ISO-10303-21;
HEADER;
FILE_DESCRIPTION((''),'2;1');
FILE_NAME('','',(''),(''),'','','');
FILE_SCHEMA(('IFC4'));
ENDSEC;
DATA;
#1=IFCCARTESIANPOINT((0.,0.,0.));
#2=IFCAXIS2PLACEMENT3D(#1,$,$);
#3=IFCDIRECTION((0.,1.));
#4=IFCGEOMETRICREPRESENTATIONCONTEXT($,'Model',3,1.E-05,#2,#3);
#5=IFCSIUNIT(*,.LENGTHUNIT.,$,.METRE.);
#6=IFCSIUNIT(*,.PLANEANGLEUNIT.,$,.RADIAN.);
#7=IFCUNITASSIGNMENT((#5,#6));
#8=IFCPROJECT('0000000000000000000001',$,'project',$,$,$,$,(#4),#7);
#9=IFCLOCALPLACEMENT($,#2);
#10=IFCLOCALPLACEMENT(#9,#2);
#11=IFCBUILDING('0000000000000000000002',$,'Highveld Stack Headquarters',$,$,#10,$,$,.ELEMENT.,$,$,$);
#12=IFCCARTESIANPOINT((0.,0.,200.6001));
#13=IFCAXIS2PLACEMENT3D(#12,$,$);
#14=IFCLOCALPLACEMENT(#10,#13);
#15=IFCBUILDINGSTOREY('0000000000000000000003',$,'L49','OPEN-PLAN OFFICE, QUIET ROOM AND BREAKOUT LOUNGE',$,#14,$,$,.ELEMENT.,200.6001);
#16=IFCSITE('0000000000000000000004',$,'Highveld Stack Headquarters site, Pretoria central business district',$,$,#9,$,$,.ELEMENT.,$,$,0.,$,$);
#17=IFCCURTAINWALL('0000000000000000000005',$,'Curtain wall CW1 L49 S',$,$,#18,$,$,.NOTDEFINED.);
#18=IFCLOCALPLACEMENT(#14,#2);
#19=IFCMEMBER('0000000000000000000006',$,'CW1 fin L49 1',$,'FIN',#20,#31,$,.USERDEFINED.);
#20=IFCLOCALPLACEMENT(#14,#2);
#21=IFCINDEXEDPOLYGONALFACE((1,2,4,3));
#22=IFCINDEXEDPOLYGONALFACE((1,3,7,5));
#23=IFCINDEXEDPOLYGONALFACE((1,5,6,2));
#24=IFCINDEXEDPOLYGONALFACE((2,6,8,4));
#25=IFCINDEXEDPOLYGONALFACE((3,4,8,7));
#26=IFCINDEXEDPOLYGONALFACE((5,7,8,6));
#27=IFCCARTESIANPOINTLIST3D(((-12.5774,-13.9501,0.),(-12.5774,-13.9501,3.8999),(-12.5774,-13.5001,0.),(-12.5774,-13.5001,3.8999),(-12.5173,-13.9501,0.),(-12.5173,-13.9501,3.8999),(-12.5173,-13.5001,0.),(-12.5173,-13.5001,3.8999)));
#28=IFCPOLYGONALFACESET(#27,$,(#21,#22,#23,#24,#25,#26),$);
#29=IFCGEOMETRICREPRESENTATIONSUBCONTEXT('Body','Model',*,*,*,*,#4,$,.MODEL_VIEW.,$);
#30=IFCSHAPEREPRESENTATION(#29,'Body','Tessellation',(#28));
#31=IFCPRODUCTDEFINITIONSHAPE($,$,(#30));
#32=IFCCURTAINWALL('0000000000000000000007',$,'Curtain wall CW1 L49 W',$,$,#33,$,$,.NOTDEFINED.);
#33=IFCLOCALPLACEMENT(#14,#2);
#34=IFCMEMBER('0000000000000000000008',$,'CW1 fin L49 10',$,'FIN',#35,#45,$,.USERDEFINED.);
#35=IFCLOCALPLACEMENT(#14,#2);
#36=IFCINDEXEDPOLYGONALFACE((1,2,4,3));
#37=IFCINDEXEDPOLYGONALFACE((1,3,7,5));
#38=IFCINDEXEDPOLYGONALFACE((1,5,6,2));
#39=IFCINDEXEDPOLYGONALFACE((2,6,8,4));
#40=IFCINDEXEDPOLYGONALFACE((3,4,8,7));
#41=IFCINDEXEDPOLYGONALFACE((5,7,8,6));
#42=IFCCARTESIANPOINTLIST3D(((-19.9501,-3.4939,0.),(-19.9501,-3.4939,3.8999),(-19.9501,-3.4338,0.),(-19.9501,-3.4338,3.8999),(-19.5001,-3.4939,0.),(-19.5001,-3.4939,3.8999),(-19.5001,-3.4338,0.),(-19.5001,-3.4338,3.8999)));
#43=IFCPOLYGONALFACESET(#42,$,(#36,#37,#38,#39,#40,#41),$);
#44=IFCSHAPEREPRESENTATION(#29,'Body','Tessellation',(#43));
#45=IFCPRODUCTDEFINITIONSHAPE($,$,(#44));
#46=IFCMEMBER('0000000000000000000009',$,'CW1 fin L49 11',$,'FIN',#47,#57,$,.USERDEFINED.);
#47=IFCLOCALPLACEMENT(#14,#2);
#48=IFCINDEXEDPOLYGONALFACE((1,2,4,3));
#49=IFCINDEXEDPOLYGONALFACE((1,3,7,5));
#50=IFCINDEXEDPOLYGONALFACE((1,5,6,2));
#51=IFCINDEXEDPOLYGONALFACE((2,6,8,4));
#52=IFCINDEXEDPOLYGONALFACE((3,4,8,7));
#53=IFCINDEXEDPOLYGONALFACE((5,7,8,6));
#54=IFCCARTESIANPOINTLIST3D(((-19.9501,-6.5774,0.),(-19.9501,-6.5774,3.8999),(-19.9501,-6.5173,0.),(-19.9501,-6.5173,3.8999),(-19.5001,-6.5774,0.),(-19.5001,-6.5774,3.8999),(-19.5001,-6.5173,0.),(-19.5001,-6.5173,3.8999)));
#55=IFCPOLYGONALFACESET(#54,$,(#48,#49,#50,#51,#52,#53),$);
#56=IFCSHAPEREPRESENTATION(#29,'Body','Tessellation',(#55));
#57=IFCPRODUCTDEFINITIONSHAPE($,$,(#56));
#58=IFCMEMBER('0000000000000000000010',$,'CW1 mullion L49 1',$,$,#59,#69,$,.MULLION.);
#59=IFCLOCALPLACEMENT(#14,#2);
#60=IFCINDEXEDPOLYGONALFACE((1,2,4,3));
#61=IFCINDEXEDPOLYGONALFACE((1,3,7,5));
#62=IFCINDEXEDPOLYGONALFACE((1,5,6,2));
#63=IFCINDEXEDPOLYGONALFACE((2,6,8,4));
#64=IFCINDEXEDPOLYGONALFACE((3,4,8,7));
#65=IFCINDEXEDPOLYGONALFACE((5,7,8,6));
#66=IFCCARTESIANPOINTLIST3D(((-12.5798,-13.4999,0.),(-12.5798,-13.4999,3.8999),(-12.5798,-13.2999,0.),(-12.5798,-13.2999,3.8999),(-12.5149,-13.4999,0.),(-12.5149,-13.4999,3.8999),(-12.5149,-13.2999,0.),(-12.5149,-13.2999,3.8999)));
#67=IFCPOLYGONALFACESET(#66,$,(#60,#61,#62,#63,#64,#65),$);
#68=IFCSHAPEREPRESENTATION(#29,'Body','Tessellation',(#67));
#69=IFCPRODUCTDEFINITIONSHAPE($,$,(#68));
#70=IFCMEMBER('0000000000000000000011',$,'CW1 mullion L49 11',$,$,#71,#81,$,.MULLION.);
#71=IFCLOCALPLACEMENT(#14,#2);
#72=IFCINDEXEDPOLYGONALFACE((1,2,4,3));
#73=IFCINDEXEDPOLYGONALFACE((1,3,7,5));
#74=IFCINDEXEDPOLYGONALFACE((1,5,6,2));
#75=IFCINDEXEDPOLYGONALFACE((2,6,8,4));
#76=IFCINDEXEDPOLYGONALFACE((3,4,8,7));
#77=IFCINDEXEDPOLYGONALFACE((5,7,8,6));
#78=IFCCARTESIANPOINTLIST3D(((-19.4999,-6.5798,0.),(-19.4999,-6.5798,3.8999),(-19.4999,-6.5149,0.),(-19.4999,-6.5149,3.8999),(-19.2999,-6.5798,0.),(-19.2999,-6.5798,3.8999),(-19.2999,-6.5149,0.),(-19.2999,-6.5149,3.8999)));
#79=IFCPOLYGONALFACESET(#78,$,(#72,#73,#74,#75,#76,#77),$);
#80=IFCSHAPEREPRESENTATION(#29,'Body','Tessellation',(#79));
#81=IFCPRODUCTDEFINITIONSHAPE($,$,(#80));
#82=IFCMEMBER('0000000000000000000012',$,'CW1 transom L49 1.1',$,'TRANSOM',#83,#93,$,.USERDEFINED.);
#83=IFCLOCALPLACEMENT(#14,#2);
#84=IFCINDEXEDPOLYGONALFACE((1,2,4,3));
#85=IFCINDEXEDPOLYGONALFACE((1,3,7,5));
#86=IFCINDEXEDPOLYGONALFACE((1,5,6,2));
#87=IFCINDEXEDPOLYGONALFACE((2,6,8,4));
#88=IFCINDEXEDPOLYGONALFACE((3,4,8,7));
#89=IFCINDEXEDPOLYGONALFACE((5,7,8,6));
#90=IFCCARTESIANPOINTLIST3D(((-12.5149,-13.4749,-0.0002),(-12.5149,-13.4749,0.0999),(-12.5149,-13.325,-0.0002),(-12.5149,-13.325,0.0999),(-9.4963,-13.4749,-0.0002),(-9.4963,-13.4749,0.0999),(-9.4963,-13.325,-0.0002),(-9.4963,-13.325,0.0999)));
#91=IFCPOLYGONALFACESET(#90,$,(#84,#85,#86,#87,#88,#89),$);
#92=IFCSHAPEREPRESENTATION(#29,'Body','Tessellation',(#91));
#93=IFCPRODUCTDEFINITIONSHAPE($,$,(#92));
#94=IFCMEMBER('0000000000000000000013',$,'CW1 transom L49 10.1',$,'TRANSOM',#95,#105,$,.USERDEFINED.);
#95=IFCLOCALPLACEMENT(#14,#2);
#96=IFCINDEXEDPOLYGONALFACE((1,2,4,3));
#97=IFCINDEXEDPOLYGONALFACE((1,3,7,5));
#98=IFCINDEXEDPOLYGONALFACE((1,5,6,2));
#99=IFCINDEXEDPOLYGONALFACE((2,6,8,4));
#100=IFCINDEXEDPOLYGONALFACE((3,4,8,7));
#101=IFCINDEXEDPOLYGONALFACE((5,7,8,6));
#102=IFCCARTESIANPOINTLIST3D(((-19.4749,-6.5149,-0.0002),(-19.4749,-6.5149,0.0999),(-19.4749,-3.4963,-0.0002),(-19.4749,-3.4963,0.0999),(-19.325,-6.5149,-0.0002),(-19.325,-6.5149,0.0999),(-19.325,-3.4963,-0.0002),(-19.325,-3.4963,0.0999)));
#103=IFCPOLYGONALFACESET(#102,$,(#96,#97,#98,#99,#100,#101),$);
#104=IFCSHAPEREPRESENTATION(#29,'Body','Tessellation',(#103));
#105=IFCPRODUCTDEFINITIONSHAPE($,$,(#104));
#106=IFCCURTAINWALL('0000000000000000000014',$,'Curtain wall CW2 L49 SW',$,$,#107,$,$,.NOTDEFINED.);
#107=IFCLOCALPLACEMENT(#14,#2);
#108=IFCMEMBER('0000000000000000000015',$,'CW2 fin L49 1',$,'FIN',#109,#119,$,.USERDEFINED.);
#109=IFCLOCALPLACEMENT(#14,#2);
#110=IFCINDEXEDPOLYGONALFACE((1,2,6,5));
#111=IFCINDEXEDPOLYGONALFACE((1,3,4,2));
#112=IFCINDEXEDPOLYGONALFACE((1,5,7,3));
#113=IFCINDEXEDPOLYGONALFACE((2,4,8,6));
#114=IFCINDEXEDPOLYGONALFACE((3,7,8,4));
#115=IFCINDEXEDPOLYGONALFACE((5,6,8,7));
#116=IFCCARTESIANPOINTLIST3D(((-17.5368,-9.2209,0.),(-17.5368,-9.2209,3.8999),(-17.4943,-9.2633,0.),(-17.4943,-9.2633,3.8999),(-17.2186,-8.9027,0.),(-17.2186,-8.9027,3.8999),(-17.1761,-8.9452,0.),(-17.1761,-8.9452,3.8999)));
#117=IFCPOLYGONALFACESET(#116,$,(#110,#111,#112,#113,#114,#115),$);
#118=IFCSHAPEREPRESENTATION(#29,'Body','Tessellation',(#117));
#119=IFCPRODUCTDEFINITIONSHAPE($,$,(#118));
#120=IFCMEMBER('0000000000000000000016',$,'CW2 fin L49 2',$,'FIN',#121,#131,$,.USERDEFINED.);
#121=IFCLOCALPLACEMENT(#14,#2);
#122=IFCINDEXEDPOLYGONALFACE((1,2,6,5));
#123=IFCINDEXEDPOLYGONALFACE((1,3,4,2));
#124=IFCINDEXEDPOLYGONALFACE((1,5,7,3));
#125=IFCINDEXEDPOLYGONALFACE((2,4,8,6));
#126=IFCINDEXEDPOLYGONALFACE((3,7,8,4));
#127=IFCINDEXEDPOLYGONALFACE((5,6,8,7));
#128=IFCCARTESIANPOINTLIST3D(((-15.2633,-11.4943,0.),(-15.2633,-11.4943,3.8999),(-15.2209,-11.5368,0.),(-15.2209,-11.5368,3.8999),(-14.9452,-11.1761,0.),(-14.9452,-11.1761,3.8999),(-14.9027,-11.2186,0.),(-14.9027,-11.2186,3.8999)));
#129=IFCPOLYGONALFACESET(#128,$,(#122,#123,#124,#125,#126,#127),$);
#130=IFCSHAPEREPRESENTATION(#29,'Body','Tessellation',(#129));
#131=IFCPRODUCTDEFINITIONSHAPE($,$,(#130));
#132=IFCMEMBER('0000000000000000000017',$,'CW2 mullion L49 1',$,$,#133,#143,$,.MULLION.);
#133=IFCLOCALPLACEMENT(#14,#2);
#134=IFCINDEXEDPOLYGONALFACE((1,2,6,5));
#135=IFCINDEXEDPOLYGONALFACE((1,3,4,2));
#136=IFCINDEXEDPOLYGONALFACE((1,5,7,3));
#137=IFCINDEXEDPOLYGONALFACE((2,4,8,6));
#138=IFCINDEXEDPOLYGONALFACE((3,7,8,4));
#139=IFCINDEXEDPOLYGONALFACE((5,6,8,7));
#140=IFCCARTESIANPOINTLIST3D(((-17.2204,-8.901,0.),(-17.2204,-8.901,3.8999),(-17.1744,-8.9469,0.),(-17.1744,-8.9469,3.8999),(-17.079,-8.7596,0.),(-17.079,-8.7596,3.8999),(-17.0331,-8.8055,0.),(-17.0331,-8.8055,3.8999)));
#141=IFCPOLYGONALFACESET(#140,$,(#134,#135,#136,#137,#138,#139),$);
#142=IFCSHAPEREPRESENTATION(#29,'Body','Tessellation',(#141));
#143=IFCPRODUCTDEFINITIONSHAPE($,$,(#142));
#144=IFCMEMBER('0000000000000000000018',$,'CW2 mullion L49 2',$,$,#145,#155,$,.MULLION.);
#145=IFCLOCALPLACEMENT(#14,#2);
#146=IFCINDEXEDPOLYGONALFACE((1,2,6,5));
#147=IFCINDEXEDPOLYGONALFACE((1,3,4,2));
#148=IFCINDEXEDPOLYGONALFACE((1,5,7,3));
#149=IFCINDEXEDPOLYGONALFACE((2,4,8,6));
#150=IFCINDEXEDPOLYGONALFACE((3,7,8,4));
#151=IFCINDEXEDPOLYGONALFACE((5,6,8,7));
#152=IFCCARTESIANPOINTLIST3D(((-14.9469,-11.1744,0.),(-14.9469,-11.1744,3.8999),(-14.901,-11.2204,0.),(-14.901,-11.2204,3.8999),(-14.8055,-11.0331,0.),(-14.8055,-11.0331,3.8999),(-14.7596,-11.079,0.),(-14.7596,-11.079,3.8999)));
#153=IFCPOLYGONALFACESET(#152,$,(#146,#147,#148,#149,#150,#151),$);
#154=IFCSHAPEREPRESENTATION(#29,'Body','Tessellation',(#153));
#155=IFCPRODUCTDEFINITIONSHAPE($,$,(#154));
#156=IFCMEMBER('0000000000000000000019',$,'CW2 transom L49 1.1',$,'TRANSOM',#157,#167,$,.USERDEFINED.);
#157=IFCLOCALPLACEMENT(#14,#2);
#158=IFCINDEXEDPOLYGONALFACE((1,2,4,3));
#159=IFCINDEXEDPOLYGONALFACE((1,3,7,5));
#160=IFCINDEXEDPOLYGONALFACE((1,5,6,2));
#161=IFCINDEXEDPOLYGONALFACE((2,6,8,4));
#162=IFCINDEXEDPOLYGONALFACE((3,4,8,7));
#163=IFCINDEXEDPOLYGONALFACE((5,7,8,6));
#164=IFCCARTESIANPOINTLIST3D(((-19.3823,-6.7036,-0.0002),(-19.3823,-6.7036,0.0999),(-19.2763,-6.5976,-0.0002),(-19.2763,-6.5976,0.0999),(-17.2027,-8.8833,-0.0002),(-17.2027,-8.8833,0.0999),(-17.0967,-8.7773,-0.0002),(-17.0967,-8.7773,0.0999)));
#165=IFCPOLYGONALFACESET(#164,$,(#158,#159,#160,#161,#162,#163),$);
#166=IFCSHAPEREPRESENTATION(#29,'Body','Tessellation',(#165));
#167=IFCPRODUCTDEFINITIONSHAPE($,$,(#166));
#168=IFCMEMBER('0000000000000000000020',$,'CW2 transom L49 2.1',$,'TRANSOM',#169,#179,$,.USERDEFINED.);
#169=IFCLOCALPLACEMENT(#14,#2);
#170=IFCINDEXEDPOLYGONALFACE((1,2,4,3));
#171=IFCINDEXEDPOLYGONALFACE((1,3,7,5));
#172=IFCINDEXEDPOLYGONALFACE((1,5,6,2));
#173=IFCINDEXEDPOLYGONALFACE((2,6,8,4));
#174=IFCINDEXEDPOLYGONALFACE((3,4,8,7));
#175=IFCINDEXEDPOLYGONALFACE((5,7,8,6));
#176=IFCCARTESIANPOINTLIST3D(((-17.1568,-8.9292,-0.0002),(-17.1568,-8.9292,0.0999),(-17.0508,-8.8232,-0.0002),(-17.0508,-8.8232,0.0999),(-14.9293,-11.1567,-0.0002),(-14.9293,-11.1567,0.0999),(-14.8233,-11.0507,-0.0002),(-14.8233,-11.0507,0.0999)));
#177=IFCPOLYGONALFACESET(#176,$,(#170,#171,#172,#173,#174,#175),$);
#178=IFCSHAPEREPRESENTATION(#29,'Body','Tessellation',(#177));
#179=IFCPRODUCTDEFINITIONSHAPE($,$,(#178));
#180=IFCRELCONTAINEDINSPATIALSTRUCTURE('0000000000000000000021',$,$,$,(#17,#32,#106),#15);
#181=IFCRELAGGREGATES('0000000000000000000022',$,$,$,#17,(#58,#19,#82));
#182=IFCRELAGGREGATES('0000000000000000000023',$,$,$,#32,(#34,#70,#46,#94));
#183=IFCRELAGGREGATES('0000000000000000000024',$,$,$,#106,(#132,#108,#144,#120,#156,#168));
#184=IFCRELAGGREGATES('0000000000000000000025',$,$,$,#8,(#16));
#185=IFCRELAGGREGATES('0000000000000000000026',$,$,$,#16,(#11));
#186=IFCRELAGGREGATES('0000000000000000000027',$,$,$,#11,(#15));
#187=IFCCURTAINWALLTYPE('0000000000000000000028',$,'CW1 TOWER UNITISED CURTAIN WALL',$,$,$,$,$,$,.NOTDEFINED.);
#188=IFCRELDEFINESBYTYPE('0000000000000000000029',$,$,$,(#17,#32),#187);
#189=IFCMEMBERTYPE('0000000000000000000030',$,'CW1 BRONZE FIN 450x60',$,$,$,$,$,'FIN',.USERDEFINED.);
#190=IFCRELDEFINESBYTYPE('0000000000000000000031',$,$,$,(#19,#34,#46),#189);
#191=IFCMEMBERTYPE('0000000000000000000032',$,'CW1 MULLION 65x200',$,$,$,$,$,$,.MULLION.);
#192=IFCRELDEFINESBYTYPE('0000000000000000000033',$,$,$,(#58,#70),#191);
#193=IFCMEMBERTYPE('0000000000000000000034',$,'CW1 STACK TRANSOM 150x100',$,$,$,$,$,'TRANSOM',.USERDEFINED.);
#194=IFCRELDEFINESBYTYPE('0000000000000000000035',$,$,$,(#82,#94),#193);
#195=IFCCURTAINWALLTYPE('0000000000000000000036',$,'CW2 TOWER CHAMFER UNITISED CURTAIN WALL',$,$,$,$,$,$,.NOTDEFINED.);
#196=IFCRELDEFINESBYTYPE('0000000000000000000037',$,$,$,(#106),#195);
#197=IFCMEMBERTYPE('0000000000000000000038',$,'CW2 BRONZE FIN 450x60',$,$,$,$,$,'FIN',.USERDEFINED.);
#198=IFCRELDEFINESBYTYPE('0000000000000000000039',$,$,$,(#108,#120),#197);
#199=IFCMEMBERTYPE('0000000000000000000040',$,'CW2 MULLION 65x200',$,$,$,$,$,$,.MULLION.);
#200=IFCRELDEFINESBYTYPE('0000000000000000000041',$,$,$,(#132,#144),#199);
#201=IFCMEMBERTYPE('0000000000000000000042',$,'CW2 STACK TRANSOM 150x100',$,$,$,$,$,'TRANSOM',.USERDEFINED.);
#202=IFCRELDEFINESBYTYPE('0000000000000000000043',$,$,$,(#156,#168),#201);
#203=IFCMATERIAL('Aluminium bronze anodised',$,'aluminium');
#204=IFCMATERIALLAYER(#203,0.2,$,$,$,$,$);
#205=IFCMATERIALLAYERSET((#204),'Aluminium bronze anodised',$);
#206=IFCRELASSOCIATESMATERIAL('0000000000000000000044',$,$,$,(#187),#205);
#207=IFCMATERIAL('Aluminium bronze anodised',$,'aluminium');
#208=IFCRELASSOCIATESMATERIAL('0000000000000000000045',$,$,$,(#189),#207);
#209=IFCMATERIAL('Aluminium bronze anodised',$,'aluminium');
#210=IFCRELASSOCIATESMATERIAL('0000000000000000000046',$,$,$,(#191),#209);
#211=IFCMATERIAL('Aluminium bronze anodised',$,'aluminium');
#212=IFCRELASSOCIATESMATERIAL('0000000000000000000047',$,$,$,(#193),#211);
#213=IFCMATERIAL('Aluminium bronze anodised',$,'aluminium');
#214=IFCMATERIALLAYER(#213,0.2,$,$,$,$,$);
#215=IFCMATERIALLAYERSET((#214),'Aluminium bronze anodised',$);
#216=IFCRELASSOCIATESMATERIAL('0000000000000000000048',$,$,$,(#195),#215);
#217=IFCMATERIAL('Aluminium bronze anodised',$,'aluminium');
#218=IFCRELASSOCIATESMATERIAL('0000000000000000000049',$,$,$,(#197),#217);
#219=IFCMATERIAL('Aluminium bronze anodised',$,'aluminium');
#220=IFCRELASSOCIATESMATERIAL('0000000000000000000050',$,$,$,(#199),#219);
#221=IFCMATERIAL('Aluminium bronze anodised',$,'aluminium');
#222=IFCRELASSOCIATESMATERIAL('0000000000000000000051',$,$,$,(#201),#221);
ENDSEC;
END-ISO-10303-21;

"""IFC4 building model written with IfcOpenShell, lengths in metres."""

from ifc_helpers import new_model, si_unit, direction, frame, origin, origin_2d, place, context, subcontext, project, spatial, rectangle, extrude, material, layer, layer_set, material_profile, profile_set, type_object, element, aggregate, save


model = new_model("IFC4")

# Units and contexts
model_context = context("Model", 3, precision=1e-05, world=origin(), true_north=direction((0.0, 1.0)))
body_context = subcontext(model_context, "Body", "Model", "MODEL_VIEW")
ifc_project = project(units=[si_unit("LENGTHUNIT", "METRE"), si_unit("PLANEANGLEUNIT", "RADIAN")], contexts=[model_context])

# Site, building, storey
site_placement = place(None, origin())
site = spatial("IfcSite", under=ifc_project, at=site_placement, Name="Highveld Stack Headquarters site, Pretoria central business district", CompositionType="ELEMENT", RefElevation=0.0)
building_placement = place(site_placement, origin())
building = spatial("IfcBuilding", under=site, at=building_placement, Name="Highveld Stack Headquarters", CompositionType="ELEMENT")
storey_placement = place(building_placement, frame((0.0, 0.0, 200.6001)))
storey = spatial("IfcBuildingStorey", under=building, at=storey_placement, Name="L49", Description="OPEN-PLAN OFFICE, QUIET ROOM AND BREAKOUT LOUNGE", CompositionType="ELEMENT", Elevation=200.6001)

# Curtain wall, member
ifc_material_1 = material(Name="Aluminium bronze anodised", Category="aluminium")
ifc_layer_1 = layer(ifc_material_1, 0.2)
ifc_layer_set_1 = layer_set([ifc_layer_1], Name="Aluminium bronze anodised")
curtain_wall_type_1 = type_object("IfcCurtainWallType", Name="CW1 TOWER UNITISED CURTAIN WALL", PredefinedType="NOTDEFINED", material=ifc_layer_set_1)
curtain_wall_1_placement = place(storey_placement, origin())
curtain_wall_1 = element("IfcCurtainWall", 1, at=curtain_wall_1_placement, inside=storey, type_object=curtain_wall_type_1, Name="Curtain wall CW1 L49 S", PredefinedType="NOTDEFINED")
ifc_material_2 = material(Name="Aluminium bronze anodised", Category="aluminium")
ifc_material_profile_1 = material_profile(ifc_material_2, rectangle(XDim=0.45, YDim=0.0601, at=origin_2d()), Name="FIN 450x60")
ifc_profile_set_1 = profile_set([ifc_material_profile_1], Name="Aluminium bronze anodised")
member_type_1 = type_object("IfcMemberType", Name="CW1 BRONZE FIN 450x60", ElementType="FIN", PredefinedType="USERDEFINED", material=ifc_profile_set_1)
member_1_placement = place(storey_placement, frame((-12.5474, -13.7251, 0.0), z_axis=(0.0, 0.0, 1.0), x_axis=(0.0, 1.0, 0.0)))
member_1 = element("IfcMember", 2, at=member_1_placement, type_object=member_type_1, Name="CW1 fin L49 1", ObjectType="FIN", PredefinedType="USERDEFINED", context=body_context, shape_type="SweptSolid", body=[
    extrude(rectangle(XDim=0.45, YDim=0.0601, at=origin_2d()), origin(), (0.0, 0.0, 1.0), 3.8999),
])

# Curtain wall, members
curtain_wall_2_placement = place(storey_placement, origin())
curtain_wall_2 = element("IfcCurtainWall", 3, at=curtain_wall_2_placement, inside=storey, type_object=curtain_wall_type_1, Name="Curtain wall CW1 L49 W", PredefinedType="NOTDEFINED")
member_2_placement = place(storey_placement, frame((-19.7251, -3.4639, 0.0), z_axis=(0.0, 0.0, 1.0), x_axis=(1.0, 0.0, 0.0)))
member_2 = element("IfcMember", 4, at=member_2_placement, type_object=member_type_1, Name="CW1 fin L49 10", ObjectType="FIN", PredefinedType="USERDEFINED", context=body_context, shape_type="SweptSolid", body=[
    extrude(rectangle(XDim=0.45, YDim=0.0601, at=origin_2d()), origin(), (0.0, 0.0, 1.0), 3.8999),
])
member_3_placement = place(storey_placement, frame((-19.7251, -6.5474, 0.0), z_axis=(0.0, 0.0, 1.0), x_axis=(1.0, 0.0, 0.0)))
member_3 = element("IfcMember", 5, at=member_3_placement, type_object=member_type_1, Name="CW1 fin L49 11", ObjectType="FIN", PredefinedType="USERDEFINED", context=body_context, shape_type="SweptSolid", body=[
    extrude(rectangle(XDim=0.45, YDim=0.0601, at=origin_2d()), origin(), (0.0, 0.0, 1.0), 3.8999),
])

# Members
ifc_material_3 = material(Name="Aluminium bronze anodised", Category="aluminium")
ifc_material_profile_2 = material_profile(ifc_material_3, rectangle(XDim=0.2, YDim=0.0649, at=origin_2d()), Name="CW1 MULLION 65x200")
ifc_profile_set_2 = profile_set([ifc_material_profile_2], Name="Aluminium bronze anodised")
member_type_2 = type_object("IfcMemberType", Name="CW1 MULLION 65x200", PredefinedType="MULLION", material=ifc_profile_set_2)
member_4_placement = place(storey_placement, frame((-12.5474, -13.3999, 0.0), z_axis=(0.0, 0.0, 1.0), x_axis=(0.0, 1.0, 0.0)))
member_4 = element("IfcMember", 6, at=member_4_placement, type_object=member_type_2, Name="CW1 mullion L49 1", PredefinedType="MULLION", context=body_context, shape_type="SweptSolid", body=[
    extrude(rectangle(XDim=0.2, YDim=0.0649, at=origin_2d()), origin(), (0.0, 0.0, 1.0), 3.8999),
])
member_5_placement = place(storey_placement, frame((-19.3999, -6.5474, 0.0), z_axis=(0.0, 0.0, 1.0), x_axis=(1.0, 0.0, 0.0)))
member_5 = element("IfcMember", 7, at=member_5_placement, type_object=member_type_2, Name="CW1 mullion L49 11", PredefinedType="MULLION", context=body_context, shape_type="SweptSolid", body=[
    extrude(rectangle(XDim=0.2, YDim=0.0649, at=origin_2d()), origin(), (0.0, 0.0, 1.0), 3.8999),
])
ifc_material_4 = material(Name="Aluminium bronze anodised", Category="aluminium")
ifc_material_profile_3 = material_profile(ifc_material_4, rectangle(XDim=0.1499, YDim=0.1001, at=origin_2d()), Name="CW1 TRANSOM 150x100")
ifc_profile_set_3 = profile_set([ifc_material_profile_3], Name="Aluminium bronze anodised")
member_type_3 = type_object("IfcMemberType", Name="CW1 STACK TRANSOM 150x100", ElementType="TRANSOM", PredefinedType="USERDEFINED", material=ifc_profile_set_3)
member_6_placement = place(storey_placement, frame((-12.5149, -13.3999, 0.0498), z_axis=(1.0, 0.0, 0.0), x_axis=(0.0, 1.0, 0.0)))
member_6 = element("IfcMember", 8, at=member_6_placement, type_object=member_type_3, Name="CW1 transom L49 1.1", ObjectType="TRANSOM", PredefinedType="USERDEFINED", context=body_context, shape_type="SweptSolid", body=[
    extrude(rectangle(XDim=0.1499, YDim=0.1001, at=origin_2d()), origin(), (0.0, 0.0, 1.0), 3.0186),
])
aggregate(curtain_wall_1, [member_4, member_1, member_6])
member_7_placement = place(storey_placement, frame((-19.3999, -3.4963, 0.0498), z_axis=(0.0, -1.0, 0.0), x_axis=(1.0, 0.0, 0.0)))
member_7 = element("IfcMember", 9, at=member_7_placement, type_object=member_type_3, Name="CW1 transom L49 10.1", ObjectType="TRANSOM", PredefinedType="USERDEFINED", context=body_context, shape_type="SweptSolid", body=[
    extrude(rectangle(XDim=0.1499, YDim=0.1001, at=origin_2d()), origin(), (0.0, 0.0, 1.0), 3.0186),
])

# Curtain wall, members
ifc_material_5 = material(Name="Aluminium bronze anodised", Category="aluminium")
ifc_layer_2 = layer(ifc_material_5, 0.2)
ifc_layer_set_2 = layer_set([ifc_layer_2], Name="Aluminium bronze anodised")
curtain_wall_type_2 = type_object("IfcCurtainWallType", Name="CW2 TOWER CHAMFER UNITISED CURTAIN WALL", PredefinedType="NOTDEFINED", material=ifc_layer_set_2)
curtain_wall_3_placement = place(storey_placement, origin())
curtain_wall_3 = element("IfcCurtainWall", 10, at=curtain_wall_3_placement, inside=storey, type_object=curtain_wall_type_2, Name="Curtain wall CW2 L49 SW", PredefinedType="NOTDEFINED")
ifc_material_6 = material(Name="Aluminium bronze anodised", Category="aluminium")
ifc_material_profile_4 = material_profile(ifc_material_6, rectangle(XDim=0.45, YDim=0.0601, at=origin_2d()), Name="FIN 450x60")
ifc_profile_set_4 = profile_set([ifc_material_profile_4], Name="Aluminium bronze anodised")
member_type_4 = type_object("IfcMemberType", Name="CW2 BRONZE FIN 450x60", ElementType="FIN", PredefinedType="USERDEFINED", material=ifc_profile_set_4)
member_8_placement = place(storey_placement, frame((-17.3564, -9.083, 0.0), z_axis=(0.0, 0.0, 1.0), x_axis=(0.707107, 0.707107, 0.0)))
member_8 = element("IfcMember", 11, at=member_8_placement, type_object=member_type_4, Name="CW2 fin L49 1", ObjectType="FIN", PredefinedType="USERDEFINED", context=body_context, shape_type="SweptSolid", body=[
    extrude(rectangle(XDim=0.45, YDim=0.0601, at=origin_2d()), origin(), (0.0, 0.0, 1.0), 3.8999),
])
member_9_placement = place(storey_placement, frame((-15.083, -11.3564, 0.0), z_axis=(0.0, 0.0, 1.0), x_axis=(0.707107, 0.707107, 0.0)))
member_9 = element("IfcMember", 12, at=member_9_placement, type_object=member_type_4, Name="CW2 fin L49 2", ObjectType="FIN", PredefinedType="USERDEFINED", context=body_context, shape_type="SweptSolid", body=[
    extrude(rectangle(XDim=0.45, YDim=0.0601, at=origin_2d()), origin(), (0.0, 0.0, 1.0), 3.8999),
])
ifc_material_7 = material(Name="Aluminium bronze anodised", Category="aluminium")
ifc_material_profile_5 = material_profile(ifc_material_7, rectangle(XDim=0.2, YDim=0.0649, at=origin_2d()), Name="CW2 MULLION 65x200")
ifc_profile_set_5 = profile_set([ifc_material_profile_5], Name="Aluminium bronze anodised")
member_type_5 = type_object("IfcMemberType", Name="CW2 MULLION 65x200", PredefinedType="MULLION", material=ifc_profile_set_5)
member_10_placement = place(storey_placement, frame((-17.1267, -8.8533, 0.0), z_axis=(0.0, 0.0, 1.0), x_axis=(0.707107, 0.707107, 0.0)))
member_10 = element("IfcMember", 13, at=member_10_placement, type_object=member_type_5, Name="CW2 mullion L49 1", PredefinedType="MULLION", context=body_context, shape_type="SweptSolid", body=[
    extrude(rectangle(XDim=0.2, YDim=0.0649, at=origin_2d()), origin(), (0.0, 0.0, 1.0), 3.8999),
])
member_11_placement = place(storey_placement, frame((-14.8533, -11.1267, 0.0), z_axis=(0.0, 0.0, 1.0), x_axis=(0.707107, 0.707107, 0.0)))
member_11 = element("IfcMember", 14, at=member_11_placement, type_object=member_type_5, Name="CW2 mullion L49 2", PredefinedType="MULLION", context=body_context, shape_type="SweptSolid", body=[
    extrude(rectangle(XDim=0.2, YDim=0.0649, at=origin_2d()), origin(), (0.0, 0.0, 1.0), 3.8999),
])
ifc_material_8 = material(Name="Aluminium bronze anodised", Category="aluminium")
ifc_material_profile_6 = material_profile(ifc_material_8, rectangle(XDim=0.1499, YDim=0.1001, at=origin_2d()), Name="CW2 TRANSOM 150x100")
ifc_profile_set_6 = profile_set([ifc_material_profile_6], Name="Aluminium bronze anodised")
member_type_6 = type_object("IfcMemberType", Name="CW2 STACK TRANSOM 150x100", ElementType="TRANSOM", PredefinedType="USERDEFINED", material=ifc_profile_set_6)
member_12_placement = place(storey_placement, frame((-19.3293, -6.6506, 0.0498), z_axis=(0.707107, -0.707107, 0.0), x_axis=(0.707107, 0.707107, 0.0)))
member_12 = element("IfcMember", 15, at=member_12_placement, type_object=member_type_6, Name="CW2 transom L49 1.1", ObjectType="TRANSOM", PredefinedType="USERDEFINED", context=body_context, shape_type="SweptSolid", body=[
    extrude(rectangle(XDim=0.1499, YDim=0.1001, at=origin_2d()), origin(), (0.0, 0.0, 1.0), 3.0825),
])
member_13_placement = place(storey_placement, frame((-17.1038, -8.8762, 0.0498), z_axis=(0.707107, -0.707107, 0.0), x_axis=(0.707107, 0.707107, 0.0)))
member_13 = element("IfcMember", 16, at=member_13_placement, type_object=member_type_6, Name="CW2 transom L49 2.1", ObjectType="TRANSOM", PredefinedType="USERDEFINED", context=body_context, shape_type="SweptSolid", body=[
    extrude(rectangle(XDim=0.1499, YDim=0.1001, at=origin_2d()), origin(), (0.0, 0.0, 1.0), 3.1501),
])

aggregate(curtain_wall_2, [member_2, member_5, member_3, member_7])
aggregate(curtain_wall_3, [member_10, member_8, member_11, member_9, member_12, member_13])

save(model, "model.ifc")
